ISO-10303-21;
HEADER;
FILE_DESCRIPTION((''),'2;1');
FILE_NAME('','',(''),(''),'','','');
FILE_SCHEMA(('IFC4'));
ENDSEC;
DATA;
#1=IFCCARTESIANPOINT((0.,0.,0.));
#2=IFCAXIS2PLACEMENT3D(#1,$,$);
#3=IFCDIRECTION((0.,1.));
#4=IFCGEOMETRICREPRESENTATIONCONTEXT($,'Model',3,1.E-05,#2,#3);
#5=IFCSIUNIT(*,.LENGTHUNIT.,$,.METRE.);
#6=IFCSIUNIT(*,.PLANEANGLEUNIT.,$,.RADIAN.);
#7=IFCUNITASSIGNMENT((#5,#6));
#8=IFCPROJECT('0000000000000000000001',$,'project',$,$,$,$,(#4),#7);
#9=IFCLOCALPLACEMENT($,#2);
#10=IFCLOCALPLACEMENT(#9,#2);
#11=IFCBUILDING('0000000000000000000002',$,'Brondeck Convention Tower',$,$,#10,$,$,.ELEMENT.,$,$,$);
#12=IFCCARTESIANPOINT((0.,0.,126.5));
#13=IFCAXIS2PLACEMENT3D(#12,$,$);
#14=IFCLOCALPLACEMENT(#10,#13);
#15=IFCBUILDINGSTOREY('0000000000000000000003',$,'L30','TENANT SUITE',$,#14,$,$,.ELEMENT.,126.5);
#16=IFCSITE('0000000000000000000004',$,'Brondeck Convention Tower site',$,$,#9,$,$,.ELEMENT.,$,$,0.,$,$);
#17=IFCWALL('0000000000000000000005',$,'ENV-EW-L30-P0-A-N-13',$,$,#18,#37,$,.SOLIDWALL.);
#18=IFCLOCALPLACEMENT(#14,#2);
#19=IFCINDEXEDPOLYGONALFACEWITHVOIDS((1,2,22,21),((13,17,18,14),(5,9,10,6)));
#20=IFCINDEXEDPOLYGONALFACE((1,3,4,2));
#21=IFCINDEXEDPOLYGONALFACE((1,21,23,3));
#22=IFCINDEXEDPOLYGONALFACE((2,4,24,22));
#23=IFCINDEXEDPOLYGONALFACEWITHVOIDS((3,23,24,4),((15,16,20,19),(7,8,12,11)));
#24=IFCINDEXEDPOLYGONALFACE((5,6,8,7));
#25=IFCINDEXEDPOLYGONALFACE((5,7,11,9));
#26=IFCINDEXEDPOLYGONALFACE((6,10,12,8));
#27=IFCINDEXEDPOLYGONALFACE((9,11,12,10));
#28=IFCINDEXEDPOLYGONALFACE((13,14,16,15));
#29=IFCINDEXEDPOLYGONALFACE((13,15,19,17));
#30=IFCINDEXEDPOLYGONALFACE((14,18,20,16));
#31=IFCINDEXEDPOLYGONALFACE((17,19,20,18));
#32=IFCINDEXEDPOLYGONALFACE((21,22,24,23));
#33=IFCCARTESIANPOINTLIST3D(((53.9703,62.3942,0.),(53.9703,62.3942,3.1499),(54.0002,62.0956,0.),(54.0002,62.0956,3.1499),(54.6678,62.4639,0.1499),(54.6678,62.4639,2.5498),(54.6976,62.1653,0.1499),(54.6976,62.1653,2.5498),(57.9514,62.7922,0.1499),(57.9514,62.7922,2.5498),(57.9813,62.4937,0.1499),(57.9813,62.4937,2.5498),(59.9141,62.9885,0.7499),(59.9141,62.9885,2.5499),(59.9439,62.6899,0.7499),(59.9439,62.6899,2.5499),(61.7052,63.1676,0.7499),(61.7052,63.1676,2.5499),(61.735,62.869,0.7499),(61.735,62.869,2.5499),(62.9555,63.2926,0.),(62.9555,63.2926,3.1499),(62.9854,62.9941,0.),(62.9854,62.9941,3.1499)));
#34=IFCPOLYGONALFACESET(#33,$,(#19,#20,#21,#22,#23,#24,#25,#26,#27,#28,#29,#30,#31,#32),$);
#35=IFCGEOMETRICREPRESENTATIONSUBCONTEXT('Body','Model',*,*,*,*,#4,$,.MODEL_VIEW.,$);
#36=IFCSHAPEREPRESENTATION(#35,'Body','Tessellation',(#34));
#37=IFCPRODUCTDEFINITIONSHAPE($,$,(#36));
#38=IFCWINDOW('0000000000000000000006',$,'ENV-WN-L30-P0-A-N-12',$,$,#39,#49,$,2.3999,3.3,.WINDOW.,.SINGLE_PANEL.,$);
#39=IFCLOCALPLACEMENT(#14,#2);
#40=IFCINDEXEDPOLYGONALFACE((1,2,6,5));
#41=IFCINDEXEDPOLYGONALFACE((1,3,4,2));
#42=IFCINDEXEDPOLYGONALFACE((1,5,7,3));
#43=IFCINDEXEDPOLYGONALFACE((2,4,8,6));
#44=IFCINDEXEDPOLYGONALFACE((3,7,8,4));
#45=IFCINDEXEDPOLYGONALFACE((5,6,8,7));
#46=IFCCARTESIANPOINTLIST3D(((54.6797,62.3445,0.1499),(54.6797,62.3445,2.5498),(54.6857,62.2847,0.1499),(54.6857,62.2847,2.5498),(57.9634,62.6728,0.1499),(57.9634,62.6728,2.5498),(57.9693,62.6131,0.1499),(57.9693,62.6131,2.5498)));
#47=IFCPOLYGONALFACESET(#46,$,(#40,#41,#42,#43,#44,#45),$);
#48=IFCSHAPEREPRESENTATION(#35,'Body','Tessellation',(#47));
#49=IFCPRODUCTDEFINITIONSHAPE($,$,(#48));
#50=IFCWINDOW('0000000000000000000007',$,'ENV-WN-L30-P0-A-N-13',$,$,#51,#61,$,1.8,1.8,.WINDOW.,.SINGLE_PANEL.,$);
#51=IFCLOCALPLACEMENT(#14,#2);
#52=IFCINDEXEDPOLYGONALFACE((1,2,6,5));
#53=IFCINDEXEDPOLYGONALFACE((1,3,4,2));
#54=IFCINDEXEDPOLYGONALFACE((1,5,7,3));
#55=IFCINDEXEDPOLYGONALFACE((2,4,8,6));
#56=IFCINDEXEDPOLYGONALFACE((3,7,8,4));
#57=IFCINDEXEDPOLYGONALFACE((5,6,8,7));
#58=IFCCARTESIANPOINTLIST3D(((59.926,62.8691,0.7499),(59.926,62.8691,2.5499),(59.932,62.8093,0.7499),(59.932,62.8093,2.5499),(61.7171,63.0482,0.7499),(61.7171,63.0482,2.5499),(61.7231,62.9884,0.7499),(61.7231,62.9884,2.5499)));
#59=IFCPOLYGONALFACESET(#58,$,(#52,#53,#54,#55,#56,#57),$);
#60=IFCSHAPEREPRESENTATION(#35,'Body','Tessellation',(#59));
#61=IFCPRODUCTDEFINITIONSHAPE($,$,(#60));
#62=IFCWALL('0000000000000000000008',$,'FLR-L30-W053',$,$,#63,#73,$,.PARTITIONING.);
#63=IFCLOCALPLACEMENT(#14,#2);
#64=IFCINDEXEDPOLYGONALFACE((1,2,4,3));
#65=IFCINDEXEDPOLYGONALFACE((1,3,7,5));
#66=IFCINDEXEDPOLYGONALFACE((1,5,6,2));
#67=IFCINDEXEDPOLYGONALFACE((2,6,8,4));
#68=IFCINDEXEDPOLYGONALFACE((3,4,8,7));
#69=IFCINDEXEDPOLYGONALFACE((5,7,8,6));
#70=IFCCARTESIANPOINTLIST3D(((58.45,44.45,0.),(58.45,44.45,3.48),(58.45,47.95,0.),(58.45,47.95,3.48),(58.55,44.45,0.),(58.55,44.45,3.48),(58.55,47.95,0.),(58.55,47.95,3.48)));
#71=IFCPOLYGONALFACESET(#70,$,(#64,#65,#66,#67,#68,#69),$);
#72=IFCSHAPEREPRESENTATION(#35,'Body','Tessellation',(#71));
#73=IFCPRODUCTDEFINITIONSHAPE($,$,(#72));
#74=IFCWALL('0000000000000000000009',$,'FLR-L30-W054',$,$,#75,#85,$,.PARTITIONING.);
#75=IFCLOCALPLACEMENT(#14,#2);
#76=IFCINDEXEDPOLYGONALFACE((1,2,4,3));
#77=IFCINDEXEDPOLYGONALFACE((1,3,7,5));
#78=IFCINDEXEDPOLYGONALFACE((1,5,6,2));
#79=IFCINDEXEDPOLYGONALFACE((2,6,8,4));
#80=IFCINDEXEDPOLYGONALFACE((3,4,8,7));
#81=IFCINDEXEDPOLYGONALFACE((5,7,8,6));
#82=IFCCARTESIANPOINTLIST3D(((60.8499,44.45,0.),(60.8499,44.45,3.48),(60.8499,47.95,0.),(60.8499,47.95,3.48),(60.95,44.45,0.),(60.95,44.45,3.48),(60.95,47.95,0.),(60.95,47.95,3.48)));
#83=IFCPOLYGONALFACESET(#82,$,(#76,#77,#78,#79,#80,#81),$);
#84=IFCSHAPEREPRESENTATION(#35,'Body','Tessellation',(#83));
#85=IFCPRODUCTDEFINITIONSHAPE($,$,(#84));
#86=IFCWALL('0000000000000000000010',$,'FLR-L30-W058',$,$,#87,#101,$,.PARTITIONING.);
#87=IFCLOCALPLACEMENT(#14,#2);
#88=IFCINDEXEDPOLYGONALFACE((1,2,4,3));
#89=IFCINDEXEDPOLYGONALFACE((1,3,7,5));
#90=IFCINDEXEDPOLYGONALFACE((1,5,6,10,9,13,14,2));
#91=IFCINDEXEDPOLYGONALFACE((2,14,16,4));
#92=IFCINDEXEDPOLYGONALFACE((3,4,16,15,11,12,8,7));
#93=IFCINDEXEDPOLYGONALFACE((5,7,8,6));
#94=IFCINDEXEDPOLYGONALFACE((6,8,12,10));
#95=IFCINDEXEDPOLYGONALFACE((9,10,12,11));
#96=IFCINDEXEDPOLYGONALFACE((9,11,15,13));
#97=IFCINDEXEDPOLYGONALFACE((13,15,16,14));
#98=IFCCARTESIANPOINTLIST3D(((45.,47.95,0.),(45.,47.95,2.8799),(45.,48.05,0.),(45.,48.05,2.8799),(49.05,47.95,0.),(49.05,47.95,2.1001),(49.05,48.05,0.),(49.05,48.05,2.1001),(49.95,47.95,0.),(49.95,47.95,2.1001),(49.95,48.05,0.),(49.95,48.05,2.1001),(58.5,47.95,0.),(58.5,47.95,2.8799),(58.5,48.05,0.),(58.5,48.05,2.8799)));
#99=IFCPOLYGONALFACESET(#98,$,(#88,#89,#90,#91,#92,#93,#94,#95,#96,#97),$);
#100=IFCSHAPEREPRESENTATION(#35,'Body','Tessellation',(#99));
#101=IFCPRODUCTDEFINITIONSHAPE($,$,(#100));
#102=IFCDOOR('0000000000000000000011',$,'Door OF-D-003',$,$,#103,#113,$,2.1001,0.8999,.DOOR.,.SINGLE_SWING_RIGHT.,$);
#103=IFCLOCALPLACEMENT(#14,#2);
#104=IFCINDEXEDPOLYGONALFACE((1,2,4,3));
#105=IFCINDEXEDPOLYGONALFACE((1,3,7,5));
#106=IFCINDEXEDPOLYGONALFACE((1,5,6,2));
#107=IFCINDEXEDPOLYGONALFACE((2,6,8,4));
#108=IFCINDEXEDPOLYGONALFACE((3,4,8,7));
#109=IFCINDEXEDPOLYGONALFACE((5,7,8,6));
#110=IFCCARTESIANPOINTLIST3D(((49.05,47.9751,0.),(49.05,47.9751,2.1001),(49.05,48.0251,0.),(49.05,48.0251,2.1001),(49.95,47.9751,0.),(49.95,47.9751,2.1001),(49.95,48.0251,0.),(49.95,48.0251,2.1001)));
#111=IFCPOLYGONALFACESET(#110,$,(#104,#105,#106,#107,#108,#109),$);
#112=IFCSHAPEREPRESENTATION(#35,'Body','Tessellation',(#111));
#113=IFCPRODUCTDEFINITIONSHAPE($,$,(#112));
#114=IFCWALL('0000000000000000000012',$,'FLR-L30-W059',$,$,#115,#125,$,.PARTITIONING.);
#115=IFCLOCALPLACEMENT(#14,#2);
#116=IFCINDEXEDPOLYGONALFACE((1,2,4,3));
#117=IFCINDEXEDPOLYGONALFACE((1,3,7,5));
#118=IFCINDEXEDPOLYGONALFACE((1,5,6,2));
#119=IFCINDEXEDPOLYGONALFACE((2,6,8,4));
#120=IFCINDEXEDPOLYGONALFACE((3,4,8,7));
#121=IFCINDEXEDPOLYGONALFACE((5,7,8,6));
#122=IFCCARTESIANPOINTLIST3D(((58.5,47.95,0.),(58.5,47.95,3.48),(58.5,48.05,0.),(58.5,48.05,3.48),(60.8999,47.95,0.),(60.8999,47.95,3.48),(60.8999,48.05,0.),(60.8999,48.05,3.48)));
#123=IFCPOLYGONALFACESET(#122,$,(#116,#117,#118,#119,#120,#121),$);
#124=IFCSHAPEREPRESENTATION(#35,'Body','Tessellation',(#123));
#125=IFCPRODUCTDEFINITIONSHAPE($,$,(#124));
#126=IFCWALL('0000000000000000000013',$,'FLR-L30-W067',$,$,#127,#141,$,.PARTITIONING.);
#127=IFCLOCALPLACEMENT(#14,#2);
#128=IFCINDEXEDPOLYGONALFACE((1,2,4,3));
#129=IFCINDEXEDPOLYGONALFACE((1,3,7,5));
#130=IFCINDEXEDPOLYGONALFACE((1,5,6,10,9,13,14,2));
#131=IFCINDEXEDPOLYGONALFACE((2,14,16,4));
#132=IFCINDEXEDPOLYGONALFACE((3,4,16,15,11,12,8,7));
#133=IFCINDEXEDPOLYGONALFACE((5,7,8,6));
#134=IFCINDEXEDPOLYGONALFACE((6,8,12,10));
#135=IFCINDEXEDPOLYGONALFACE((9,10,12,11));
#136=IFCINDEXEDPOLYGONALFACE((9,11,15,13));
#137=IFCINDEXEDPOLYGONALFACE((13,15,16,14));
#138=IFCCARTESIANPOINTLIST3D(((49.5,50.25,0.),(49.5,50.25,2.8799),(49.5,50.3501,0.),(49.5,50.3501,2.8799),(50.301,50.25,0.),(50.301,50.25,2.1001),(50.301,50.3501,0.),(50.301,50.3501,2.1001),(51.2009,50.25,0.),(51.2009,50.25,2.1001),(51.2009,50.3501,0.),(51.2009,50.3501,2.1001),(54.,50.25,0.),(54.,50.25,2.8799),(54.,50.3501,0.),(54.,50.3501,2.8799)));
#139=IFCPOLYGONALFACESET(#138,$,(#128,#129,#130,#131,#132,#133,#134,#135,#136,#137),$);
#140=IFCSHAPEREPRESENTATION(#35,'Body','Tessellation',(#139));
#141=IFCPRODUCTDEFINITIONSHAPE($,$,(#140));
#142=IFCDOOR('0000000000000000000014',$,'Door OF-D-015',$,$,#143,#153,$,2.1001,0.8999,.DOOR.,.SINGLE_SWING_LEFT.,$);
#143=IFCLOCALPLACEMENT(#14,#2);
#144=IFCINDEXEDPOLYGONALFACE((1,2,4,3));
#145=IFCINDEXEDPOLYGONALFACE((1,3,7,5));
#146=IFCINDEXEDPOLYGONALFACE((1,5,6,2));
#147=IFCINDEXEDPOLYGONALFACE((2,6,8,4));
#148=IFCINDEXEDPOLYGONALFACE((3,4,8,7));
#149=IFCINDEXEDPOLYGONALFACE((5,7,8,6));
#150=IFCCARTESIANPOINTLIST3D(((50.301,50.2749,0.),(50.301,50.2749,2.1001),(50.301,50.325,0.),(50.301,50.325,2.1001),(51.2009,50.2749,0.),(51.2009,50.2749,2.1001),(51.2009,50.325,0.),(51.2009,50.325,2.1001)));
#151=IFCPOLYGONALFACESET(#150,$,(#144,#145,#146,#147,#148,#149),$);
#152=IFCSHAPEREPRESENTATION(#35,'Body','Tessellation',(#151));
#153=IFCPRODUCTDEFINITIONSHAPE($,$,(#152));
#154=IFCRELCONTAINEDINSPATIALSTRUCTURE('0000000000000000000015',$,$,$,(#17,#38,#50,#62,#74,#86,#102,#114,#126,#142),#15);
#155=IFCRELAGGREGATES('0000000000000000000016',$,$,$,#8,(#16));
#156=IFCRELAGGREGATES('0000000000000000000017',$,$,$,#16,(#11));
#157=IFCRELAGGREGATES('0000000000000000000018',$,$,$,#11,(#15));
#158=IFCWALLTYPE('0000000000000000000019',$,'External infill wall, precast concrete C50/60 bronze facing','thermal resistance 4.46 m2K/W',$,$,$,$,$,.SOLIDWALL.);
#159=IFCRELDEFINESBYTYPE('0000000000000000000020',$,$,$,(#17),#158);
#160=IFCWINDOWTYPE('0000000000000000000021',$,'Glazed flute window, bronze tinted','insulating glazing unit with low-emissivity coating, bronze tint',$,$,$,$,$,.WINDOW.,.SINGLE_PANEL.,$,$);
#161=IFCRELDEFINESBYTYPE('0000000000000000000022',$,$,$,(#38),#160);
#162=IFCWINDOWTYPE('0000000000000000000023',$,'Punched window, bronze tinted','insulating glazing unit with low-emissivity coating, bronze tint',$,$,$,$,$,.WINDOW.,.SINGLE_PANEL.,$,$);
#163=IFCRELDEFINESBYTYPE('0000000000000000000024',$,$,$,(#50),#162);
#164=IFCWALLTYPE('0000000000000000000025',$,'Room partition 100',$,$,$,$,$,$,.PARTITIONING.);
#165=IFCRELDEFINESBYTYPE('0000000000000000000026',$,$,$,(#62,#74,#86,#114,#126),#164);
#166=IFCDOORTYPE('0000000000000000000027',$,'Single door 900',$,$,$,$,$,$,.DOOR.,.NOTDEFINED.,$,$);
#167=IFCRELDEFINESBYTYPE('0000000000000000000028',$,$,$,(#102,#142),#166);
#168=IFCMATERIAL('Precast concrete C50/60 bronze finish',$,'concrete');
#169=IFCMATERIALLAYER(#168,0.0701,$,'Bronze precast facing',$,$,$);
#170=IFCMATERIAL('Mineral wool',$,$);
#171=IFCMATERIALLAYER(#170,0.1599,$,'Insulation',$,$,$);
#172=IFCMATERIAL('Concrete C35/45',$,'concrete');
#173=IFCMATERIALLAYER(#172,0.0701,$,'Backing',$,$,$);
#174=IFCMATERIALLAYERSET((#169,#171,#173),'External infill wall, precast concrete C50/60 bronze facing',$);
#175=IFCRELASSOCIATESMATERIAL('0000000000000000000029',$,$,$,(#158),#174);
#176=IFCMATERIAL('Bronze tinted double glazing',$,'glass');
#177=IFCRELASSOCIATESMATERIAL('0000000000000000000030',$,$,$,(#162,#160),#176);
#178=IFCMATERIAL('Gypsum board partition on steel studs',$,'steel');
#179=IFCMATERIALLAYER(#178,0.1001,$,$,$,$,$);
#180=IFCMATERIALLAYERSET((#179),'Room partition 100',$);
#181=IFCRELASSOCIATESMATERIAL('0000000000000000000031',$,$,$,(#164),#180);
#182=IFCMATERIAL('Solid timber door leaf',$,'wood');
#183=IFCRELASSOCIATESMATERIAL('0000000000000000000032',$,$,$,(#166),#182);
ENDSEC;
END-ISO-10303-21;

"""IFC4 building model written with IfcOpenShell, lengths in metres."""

from ifc_helpers import new_model, si_unit, direction, frame, frame_2d, origin, place, context, subcontext, project, spatial, rectangle, extrude, material, layer, layer_set, type_object, element, fill, save


model = new_model("IFC4")

# Units and contexts
model_context = context("Model", 3, precision=1e-05, world=origin(), true_north=direction((0.0, 1.0)))
body_context = subcontext(model_context, "Body", "Model", "MODEL_VIEW")
ifc_project = project(units=[si_unit("LENGTHUNIT", "METRE"), si_unit("PLANEANGLEUNIT", "RADIAN")], contexts=[model_context])

# Site, building, storey
site_placement = place(None, origin())
site = spatial("IfcSite", under=ifc_project, at=site_placement, Name="Brondeck Convention Tower site", CompositionType="ELEMENT", RefElevation=0.0)
building_placement = place(site_placement, origin())
building = spatial("IfcBuilding", under=site, at=building_placement, Name="Brondeck Convention Tower", CompositionType="ELEMENT")
storey_placement = place(building_placement, frame((0.0, 0.0, 126.5)))
storey = spatial("IfcBuildingStorey", under=building, at=storey_placement, Name="L30", Description="TENANT SUITE", CompositionType="ELEMENT", Elevation=126.5)

# Shared definitions
ifc_material_1 = material(Name="Precast concrete C50/60 bronze finish", Category="concrete")
ifc_layer_1 = layer(ifc_material_1, 0.0701, Name="Bronze precast facing")
ifc_material_2 = material(Name="Mineral wool")
ifc_layer_2 = layer(ifc_material_2, 0.1599, Name="Insulation")
ifc_material_3 = material(Name="Concrete C35/45", Category="concrete")
ifc_layer_3 = layer(ifc_material_3, 0.0701, Name="Backing")
ifc_layer_set_1 = layer_set([ifc_layer_1, ifc_layer_2, ifc_layer_3], Name="External infill wall, precast concrete C50/60 bronze facing")
wall_type_1 = type_object("IfcWallType", Name="External infill wall, precast concrete C50/60 bronze facing", Description="thermal resistance 4.46 m2K/W", PredefinedType="SOLIDWALL", material=ifc_layer_set_1)
ifc_material_4 = material(Name="Bronze tinted double glazing", Category="glass")
window_type_1 = type_object("IfcWindowType", Name="Punched window, bronze tinted", Description="insulating glazing unit with low-emissivity coating, bronze tint", PartitioningType="SINGLE_PANEL", PredefinedType="WINDOW", material=ifc_material_4)

# Wall, openings, windows
wall_1_placement = place(storey_placement, frame((53.9851, 62.2449, 0.0), z_axis=(0.0, 0.0, 1.0), x_axis=(0.995038, 0.099496, 0.0)))
wall_1 = element("IfcWall", 1, at=wall_1_placement, inside=storey, type_object=wall_type_1, Name="ENV-EW-L30-P0-A-N-13", PredefinedType="SOLIDWALL", context=body_context, shape_type="SweptSolid", body=[
    extrude(rectangle(XDim=9.03, YDim=0.3, at=frame_2d((4.5151, 0.0))), origin(), (0.0, 0.0, 1.0), 3.1499),
])
opening_1_placement = place(wall_1_placement, frame((0.7012, 0.0, 0.1499)))
opening_1 = element("IfcOpeningElement", 2, at=opening_1_placement, cuts=wall_1, PredefinedType="OPENING", context=body_context, shape_type="SweptSolid", body=[
    extrude(rectangle(XDim=3.3, YDim=2.3999, at=frame_2d((1.6499, 1.2))), frame((0.0, 0.1599, 0.0), z_axis=(0.0, -1.0, 0.0), x_axis=(1.0, 0.0, 0.0)), (0.0, 0.0, 1.0), 0.3201),
])
opening_2_placement = place(wall_1_placement, frame((5.9736, 0.0, 0.75)))
opening_2 = element("IfcOpeningElement", 3, at=opening_2_placement, cuts=wall_1, PredefinedType="OPENING", context=body_context, shape_type="SweptSolid", body=[
    extrude(rectangle(XDim=1.8, YDim=1.8, at=frame_2d((0.8999, 0.8999))), frame((0.0, 0.1599, 0.0), z_axis=(0.0, -1.0, 0.0), x_axis=(1.0, 0.0, 0.0)), (0.0, 0.0, 1.0), 0.3201),
])
window_type_2 = type_object("IfcWindowType", Name="Glazed flute window, bronze tinted", Description="insulating glazing unit with low-emissivity coating, bronze tint", PartitioningType="SINGLE_PANEL", PredefinedType="WINDOW", material=ifc_material_4)
window_1_placement = place(opening_1_placement, origin())
window_1 = element("IfcWindow", 4, at=window_1_placement, inside=storey, type_object=window_type_2, Name="ENV-WN-L30-P0-A-N-12", OverallHeight=2.3999, OverallWidth=3.3, PartitioningType="SINGLE_PANEL", PredefinedType="WINDOW", context=body_context, shape_type="SweptSolid", body=[
    extrude(rectangle(XDim=3.3, YDim=2.3999, at=frame_2d((1.6499, 1.2))), frame((0.0, 0.03, 0.0), z_axis=(0.0, -1.0, 0.0), x_axis=(1.0, 0.0, 0.0)), (0.0, 0.0, 1.0), 0.0601),
])
fill(opening_1, window_1)
window_2_placement = place(opening_2_placement, origin())
window_2 = element("IfcWindow", 5, at=window_2_placement, inside=storey, type_object=window_type_1, Name="ENV-WN-L30-P0-A-N-13", OverallHeight=1.8, OverallWidth=1.8, PartitioningType="SINGLE_PANEL", PredefinedType="WINDOW", context=body_context, shape_type="SweptSolid", body=[
    extrude(rectangle(XDim=1.8, YDim=1.8, at=frame_2d((0.8999, 0.8999))), frame((0.0, 0.03, 0.0), z_axis=(0.0, -1.0, 0.0), x_axis=(1.0, 0.0, 0.0)), (0.0, 0.0, 1.0), 0.0601),
])
fill(opening_2, window_2)

# Walls
ifc_material_5 = material(Name="Gypsum board partition on steel studs", Category="steel")
ifc_layer_4 = layer(ifc_material_5, 0.1001)
ifc_layer_set_2 = layer_set([ifc_layer_4], Name="Room partition 100")
wall_type_2 = type_object("IfcWallType", Name="Room partition 100", PredefinedType="PARTITIONING", material=ifc_layer_set_2)
for number, where, z_axis, x_axis, name in (
    (6, (58.5, 47.95, 0.0), (0.0, 0.0, 1.0), (0.0, -1.0, 0.0), "FLR-L30-W053"),
    (7, (60.8999, 47.95, 0.0), (0.0, 0.0, 1.0), (0.0, -1.0, 0.0), "FLR-L30-W054"),
):
    element("IfcWall", number, at=place(storey_placement, frame(where, z_axis=z_axis, x_axis=x_axis)), inside=storey, type_object=wall_type_2, Name=name, PredefinedType="PARTITIONING", context=body_context, shape_type="SweptSolid", body=[
        extrude(rectangle(XDim=3.5, YDim=0.1001, at=frame_2d((1.75, 0.0))), origin(), (0.0, 0.0, 1.0), 3.48),
    ])

# Wall, opening, door
wall_2_placement = place(storey_placement, frame((58.5, 48.0, 0.0), z_axis=(0.0, 0.0, 1.0), x_axis=(-1.0, 0.0, 0.0)))
wall_2 = element("IfcWall", 8, at=wall_2_placement, inside=storey, type_object=wall_type_2, Name="FLR-L30-W058", PredefinedType="PARTITIONING", context=body_context, shape_type="SweptSolid", body=[
    extrude(rectangle(XDim=13.5, YDim=0.1001, at=frame_2d((6.75, 0.0))), origin(), (0.0, 0.0, 1.0), 2.8799),
])
opening_3_placement = place(wall_2_placement, frame((8.55, 0.0, 0.0)))
opening_3 = element("IfcOpeningElement", 9, at=opening_3_placement, cuts=wall_2, PredefinedType="OPENING", context=body_context, shape_type="SweptSolid", body=[
    extrude(rectangle(XDim=0.8999, YDim=2.1001, at=frame_2d((0.45, 1.05))), frame((0.0, 0.0601, 0.0), z_axis=(0.0, -1.0, 0.0), x_axis=(1.0, 0.0, 0.0)), (0.0, 0.0, 1.0), 0.1201),
])
ifc_material_6 = material(Name="Solid timber door leaf", Category="wood")
door_type = type_object("IfcDoorType", Name="Single door 900", OperationType="NOTDEFINED", PredefinedType="DOOR", material=ifc_material_6)
door_1_placement = place(opening_3_placement, origin())
door_1 = element("IfcDoor", 10, at=door_1_placement, inside=storey, type_object=door_type, Name="Door OF-D-003", OperationType="SINGLE_SWING_RIGHT", OverallHeight=2.1001, OverallWidth=0.8999, PredefinedType="DOOR", context=body_context, shape_type="SweptSolid", body=[
    extrude(rectangle(XDim=0.8999, YDim=2.1001, at=frame_2d((0.45, 1.05))), frame((0.0, 0.0249, 0.0), z_axis=(0.0, -1.0, 0.0), x_axis=(1.0, 0.0, 0.0)), (0.0, 0.0, 1.0), 0.05),
])
fill(opening_3, door_1)

# Wall
wall_3_placement = place(storey_placement, frame((60.8999, 48.0, 0.0), z_axis=(0.0, 0.0, 1.0), x_axis=(-1.0, 0.0, 0.0)))
element("IfcWall", 11, at=wall_3_placement, inside=storey, type_object=wall_type_2, Name="FLR-L30-W059", PredefinedType="PARTITIONING", context=body_context, shape_type="SweptSolid", body=[
    extrude(rectangle(XDim=2.3999, YDim=0.1001, at=frame_2d((1.2, 0.0))), origin(), (0.0, 0.0, 1.0), 3.48),
])

# Wall, opening, door
wall_4_placement = place(storey_placement, frame((49.5, 50.3, 0.0), z_axis=(0.0, 0.0, 1.0), x_axis=(1.0, 0.0, 0.0)))
wall_4 = element("IfcWall", 12, at=wall_4_placement, inside=storey, type_object=wall_type_2, Name="FLR-L30-W067", PredefinedType="PARTITIONING", context=body_context, shape_type="SweptSolid", body=[
    extrude(rectangle(XDim=4.5, YDim=0.1001, at=frame_2d((2.25, 0.0))), origin(), (0.0, 0.0, 1.0), 2.8799),
])
opening_4_placement = place(wall_4_placement, frame((0.801, 0.0, 0.0)))
opening_4 = element("IfcOpeningElement", 13, at=opening_4_placement, cuts=wall_4, PredefinedType="OPENING", context=body_context, shape_type="SweptSolid", body=[
    extrude(rectangle(XDim=0.8999, YDim=2.1001, at=frame_2d((0.45, 1.05))), frame((0.0, 0.0601, 0.0), z_axis=(0.0, -1.0, 0.0), x_axis=(1.0, 0.0, 0.0)), (0.0, 0.0, 1.0), 0.1201),
])
door_2_placement = place(opening_4_placement, origin())
door_2 = element("IfcDoor", 14, at=door_2_placement, inside=storey, type_object=door_type, Name="Door OF-D-015", OperationType="SINGLE_SWING_LEFT", OverallHeight=2.1001, OverallWidth=0.8999, PredefinedType="DOOR", context=body_context, shape_type="SweptSolid", body=[
    extrude(rectangle(XDim=0.8999, YDim=2.1001, at=frame_2d((0.45, 1.05))), frame((0.0, 0.0249, 0.0), z_axis=(0.0, -1.0, 0.0), x_axis=(1.0, 0.0, 0.0)), (0.0, 0.0, 1.0), 0.05),
])
fill(opening_4, door_2)

save(model, "model.ifc")
